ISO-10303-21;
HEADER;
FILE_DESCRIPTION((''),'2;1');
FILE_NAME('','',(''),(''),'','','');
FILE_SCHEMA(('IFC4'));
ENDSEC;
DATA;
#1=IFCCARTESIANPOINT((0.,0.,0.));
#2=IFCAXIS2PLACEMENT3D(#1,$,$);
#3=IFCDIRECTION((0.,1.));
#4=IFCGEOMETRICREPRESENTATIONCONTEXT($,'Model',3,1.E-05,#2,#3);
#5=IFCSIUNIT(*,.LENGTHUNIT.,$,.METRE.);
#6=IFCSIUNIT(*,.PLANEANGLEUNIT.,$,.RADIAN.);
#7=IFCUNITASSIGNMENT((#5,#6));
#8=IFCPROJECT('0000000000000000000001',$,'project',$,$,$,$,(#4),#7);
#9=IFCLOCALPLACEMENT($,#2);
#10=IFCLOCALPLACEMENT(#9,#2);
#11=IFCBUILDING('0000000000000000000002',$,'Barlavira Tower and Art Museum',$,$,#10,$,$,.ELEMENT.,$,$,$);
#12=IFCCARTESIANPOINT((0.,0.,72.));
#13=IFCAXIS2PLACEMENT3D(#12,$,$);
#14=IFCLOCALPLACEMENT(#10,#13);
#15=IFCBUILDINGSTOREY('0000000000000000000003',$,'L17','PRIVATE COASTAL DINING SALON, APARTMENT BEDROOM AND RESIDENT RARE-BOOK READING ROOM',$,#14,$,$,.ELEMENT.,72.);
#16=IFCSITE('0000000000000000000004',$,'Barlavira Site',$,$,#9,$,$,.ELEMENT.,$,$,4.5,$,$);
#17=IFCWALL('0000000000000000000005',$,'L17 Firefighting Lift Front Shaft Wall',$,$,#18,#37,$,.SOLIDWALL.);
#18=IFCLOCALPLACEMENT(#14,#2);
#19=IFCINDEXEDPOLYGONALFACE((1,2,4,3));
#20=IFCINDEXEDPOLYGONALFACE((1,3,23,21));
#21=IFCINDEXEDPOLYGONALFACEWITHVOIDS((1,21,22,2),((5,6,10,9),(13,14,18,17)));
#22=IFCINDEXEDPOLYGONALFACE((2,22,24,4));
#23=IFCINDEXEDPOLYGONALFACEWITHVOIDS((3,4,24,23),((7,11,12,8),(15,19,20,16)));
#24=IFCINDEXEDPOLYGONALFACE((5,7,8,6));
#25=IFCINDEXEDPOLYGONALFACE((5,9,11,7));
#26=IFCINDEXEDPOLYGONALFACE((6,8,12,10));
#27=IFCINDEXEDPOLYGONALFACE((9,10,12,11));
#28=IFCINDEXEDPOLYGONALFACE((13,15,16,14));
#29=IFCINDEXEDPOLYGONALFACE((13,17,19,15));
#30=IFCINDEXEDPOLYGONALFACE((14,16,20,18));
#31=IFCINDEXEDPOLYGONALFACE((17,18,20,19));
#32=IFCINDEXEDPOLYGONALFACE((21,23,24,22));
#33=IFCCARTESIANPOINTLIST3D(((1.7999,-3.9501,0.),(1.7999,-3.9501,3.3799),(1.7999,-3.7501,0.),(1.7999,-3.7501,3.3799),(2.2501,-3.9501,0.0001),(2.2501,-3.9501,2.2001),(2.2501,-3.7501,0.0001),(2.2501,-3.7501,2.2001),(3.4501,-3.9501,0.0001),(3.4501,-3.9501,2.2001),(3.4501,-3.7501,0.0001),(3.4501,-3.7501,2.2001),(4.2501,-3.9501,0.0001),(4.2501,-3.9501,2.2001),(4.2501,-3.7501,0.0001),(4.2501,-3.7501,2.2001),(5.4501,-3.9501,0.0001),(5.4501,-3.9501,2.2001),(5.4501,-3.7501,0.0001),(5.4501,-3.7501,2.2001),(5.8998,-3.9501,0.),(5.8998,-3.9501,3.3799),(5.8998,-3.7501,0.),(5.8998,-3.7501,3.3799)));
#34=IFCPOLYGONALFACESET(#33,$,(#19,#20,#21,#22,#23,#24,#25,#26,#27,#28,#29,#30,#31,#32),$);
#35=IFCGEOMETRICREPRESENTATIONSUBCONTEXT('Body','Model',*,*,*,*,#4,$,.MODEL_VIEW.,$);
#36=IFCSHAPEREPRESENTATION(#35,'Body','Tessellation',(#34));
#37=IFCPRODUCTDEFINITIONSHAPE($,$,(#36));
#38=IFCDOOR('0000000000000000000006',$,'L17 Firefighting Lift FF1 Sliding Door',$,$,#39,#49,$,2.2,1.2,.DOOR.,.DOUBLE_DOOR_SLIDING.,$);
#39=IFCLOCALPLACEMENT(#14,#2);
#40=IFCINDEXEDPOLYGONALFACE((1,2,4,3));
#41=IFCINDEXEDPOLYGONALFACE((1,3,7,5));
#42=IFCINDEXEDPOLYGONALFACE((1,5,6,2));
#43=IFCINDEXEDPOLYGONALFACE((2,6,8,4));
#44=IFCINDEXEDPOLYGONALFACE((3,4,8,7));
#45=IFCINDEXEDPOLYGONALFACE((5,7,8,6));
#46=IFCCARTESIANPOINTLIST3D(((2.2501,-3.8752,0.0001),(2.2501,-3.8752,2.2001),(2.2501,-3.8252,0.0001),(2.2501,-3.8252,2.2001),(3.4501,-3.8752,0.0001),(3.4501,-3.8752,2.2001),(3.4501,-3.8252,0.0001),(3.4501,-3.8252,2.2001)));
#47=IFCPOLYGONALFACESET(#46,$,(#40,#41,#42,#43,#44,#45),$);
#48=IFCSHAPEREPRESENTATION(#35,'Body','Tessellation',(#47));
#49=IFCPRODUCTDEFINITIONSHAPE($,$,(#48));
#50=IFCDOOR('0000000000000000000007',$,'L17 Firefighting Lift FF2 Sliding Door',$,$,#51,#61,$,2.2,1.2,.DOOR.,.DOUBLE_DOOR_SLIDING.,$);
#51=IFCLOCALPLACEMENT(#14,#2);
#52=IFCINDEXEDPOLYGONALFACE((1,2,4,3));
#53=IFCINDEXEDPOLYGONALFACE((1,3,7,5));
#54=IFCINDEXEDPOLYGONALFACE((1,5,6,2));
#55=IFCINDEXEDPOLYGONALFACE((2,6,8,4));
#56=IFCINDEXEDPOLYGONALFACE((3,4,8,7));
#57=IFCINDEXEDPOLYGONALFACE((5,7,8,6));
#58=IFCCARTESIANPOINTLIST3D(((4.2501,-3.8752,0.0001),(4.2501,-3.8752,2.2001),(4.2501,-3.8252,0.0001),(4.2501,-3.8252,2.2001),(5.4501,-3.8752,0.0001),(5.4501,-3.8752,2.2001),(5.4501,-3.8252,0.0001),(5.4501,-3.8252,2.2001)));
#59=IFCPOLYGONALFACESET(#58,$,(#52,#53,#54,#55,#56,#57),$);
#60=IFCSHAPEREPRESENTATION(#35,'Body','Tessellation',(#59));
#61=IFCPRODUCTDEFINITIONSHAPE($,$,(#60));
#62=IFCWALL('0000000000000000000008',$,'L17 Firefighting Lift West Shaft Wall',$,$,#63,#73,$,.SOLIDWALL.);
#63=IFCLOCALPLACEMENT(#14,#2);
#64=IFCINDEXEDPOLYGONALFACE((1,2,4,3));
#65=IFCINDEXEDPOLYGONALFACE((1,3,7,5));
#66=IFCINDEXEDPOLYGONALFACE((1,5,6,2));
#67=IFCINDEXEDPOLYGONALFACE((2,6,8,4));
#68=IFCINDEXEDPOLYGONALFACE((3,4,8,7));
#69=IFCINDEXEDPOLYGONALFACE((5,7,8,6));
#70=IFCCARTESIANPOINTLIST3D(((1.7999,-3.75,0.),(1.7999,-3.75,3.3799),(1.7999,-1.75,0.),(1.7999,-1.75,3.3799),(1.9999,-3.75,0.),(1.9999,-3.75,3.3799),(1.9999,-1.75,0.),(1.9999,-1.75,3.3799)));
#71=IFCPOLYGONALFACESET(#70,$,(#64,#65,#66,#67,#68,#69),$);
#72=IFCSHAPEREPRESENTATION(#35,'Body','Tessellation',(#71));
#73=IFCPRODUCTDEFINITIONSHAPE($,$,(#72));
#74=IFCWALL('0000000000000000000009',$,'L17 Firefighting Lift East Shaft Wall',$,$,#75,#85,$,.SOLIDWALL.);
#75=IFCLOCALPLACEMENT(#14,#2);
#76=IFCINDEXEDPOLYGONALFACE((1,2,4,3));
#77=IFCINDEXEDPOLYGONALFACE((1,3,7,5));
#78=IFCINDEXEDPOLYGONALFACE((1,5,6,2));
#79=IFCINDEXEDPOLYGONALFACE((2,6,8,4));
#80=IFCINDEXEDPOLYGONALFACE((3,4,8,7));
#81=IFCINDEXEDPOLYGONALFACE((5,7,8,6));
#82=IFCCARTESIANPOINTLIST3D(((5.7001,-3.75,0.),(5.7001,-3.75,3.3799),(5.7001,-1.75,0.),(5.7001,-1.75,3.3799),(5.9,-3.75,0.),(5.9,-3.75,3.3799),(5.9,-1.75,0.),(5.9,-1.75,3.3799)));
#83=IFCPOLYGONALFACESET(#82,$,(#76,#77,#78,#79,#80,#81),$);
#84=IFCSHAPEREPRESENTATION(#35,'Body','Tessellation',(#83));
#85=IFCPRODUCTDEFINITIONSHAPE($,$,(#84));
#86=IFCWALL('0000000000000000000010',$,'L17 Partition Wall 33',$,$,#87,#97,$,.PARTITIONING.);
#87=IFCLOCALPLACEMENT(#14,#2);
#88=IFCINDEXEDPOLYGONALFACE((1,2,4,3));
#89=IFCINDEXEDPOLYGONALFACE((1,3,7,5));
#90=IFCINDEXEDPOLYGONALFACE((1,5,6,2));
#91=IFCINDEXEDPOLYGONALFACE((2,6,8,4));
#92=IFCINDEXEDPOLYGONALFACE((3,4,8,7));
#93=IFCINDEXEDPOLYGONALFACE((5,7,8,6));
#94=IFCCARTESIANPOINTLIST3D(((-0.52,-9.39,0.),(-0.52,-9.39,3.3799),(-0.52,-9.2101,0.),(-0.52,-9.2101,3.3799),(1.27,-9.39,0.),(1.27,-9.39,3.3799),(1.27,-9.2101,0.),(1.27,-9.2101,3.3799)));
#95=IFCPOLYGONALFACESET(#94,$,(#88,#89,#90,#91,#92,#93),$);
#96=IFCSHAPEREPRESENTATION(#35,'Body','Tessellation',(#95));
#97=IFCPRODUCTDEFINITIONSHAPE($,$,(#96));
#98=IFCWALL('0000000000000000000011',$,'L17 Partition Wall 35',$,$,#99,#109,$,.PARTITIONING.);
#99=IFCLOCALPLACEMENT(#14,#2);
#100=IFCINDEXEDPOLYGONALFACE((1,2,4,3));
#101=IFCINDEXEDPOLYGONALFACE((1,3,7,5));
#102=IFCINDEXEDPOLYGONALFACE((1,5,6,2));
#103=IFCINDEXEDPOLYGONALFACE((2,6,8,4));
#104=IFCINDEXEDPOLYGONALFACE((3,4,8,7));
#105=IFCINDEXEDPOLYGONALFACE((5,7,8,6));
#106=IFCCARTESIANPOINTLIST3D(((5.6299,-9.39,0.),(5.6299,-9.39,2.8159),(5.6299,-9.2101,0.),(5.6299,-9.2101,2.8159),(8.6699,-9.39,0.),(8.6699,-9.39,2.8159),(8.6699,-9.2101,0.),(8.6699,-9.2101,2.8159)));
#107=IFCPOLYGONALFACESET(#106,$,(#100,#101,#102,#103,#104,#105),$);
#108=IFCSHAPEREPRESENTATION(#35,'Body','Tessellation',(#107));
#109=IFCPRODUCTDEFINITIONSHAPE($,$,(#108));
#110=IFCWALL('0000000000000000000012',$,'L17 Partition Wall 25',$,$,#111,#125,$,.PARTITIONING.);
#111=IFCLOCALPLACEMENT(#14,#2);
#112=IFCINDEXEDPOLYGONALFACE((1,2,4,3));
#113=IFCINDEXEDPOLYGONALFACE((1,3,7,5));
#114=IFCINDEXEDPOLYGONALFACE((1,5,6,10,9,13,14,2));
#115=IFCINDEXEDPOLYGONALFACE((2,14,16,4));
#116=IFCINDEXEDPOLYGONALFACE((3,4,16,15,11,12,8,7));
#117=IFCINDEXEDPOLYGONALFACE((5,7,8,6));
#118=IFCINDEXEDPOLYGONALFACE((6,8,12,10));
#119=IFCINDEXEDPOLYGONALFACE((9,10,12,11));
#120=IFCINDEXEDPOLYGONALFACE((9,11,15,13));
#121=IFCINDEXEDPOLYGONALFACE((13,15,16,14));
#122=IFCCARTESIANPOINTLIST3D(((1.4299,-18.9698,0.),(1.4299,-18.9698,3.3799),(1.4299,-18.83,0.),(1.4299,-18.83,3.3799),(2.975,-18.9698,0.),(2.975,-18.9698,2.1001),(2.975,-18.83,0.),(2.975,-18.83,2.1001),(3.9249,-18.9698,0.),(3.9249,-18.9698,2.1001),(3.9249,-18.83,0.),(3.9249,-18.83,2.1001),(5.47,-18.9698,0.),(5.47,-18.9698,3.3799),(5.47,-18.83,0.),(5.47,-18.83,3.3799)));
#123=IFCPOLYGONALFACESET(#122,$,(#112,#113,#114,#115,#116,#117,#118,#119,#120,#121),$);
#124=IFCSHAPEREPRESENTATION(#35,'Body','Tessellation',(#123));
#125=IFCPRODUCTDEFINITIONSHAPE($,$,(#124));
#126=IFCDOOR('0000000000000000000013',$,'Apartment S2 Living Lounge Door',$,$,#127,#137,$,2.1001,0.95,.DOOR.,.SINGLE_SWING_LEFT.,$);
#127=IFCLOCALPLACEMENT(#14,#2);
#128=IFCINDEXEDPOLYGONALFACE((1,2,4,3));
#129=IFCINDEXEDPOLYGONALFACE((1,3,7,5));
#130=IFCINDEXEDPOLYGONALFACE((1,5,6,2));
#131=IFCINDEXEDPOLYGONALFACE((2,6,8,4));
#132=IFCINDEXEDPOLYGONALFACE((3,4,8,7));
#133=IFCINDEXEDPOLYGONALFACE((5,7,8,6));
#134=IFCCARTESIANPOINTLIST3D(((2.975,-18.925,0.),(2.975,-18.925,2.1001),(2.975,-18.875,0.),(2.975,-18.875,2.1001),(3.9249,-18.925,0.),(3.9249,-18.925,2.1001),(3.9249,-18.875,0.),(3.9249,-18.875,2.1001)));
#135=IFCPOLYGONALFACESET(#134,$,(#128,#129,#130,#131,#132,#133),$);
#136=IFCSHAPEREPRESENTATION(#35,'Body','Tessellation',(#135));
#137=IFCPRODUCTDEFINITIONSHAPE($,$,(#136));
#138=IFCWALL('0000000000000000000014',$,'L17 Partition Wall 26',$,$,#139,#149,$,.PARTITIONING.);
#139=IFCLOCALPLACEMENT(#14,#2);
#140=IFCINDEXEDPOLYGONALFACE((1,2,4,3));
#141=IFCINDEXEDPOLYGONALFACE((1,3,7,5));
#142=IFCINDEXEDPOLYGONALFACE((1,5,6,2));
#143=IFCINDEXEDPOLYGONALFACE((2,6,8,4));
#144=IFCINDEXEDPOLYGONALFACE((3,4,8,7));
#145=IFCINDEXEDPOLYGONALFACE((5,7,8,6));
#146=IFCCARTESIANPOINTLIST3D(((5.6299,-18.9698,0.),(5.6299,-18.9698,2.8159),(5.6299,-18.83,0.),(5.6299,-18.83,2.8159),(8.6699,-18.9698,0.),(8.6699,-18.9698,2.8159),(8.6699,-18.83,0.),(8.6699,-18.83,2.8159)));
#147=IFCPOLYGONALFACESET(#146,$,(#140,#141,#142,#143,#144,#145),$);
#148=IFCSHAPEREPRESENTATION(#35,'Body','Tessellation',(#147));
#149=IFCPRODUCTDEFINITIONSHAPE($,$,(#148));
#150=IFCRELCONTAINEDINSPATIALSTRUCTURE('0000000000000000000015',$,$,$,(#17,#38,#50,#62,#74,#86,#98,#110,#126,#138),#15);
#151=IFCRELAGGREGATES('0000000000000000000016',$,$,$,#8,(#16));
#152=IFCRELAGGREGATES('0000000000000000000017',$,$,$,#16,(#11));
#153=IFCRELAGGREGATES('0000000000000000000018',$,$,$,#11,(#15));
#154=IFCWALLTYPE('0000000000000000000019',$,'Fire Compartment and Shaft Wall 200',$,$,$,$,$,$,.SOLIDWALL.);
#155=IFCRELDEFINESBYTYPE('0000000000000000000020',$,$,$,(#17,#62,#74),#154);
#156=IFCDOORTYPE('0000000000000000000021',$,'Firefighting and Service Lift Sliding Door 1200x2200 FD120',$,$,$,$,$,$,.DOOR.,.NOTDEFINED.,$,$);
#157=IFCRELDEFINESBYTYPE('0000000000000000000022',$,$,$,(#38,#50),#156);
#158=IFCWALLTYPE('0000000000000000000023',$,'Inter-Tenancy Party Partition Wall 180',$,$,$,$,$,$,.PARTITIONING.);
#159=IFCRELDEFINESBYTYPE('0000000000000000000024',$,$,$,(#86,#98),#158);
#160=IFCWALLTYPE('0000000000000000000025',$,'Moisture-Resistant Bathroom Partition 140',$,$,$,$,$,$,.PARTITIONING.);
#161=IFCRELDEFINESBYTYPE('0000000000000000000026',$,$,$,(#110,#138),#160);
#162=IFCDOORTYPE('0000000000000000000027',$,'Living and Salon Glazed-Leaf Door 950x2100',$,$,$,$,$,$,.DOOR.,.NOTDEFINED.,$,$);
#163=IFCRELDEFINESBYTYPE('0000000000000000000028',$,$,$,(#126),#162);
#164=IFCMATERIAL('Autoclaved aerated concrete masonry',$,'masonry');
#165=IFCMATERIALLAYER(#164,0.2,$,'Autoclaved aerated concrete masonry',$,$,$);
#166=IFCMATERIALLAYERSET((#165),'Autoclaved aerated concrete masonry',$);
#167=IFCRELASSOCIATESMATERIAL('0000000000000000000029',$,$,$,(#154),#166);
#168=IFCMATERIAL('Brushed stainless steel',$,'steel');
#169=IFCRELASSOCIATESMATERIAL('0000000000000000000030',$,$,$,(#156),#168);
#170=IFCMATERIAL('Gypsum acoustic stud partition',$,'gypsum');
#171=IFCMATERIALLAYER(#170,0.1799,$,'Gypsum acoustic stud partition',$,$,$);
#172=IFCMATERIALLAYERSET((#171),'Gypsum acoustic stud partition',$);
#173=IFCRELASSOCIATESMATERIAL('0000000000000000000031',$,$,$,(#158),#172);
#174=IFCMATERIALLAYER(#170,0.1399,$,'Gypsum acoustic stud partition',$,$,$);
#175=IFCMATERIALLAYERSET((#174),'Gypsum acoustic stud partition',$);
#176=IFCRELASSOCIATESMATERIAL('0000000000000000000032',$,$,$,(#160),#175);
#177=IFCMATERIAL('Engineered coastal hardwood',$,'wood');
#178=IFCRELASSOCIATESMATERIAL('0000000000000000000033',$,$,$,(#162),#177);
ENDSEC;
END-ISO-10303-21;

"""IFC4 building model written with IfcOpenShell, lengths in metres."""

from ifc_helpers import new_model, si_unit, direction, frame, frame_2d, origin, place, context, subcontext, project, spatial, rectangle, extrude, material, layer, layer_set, type_object, element, fill, save


model = new_model("IFC4")

# Units and contexts
model_context = context("Model", 3, precision=1e-05, world=origin(), true_north=direction((0.0, 1.0)))
body_context = subcontext(model_context, "Body", "Model", "MODEL_VIEW")
ifc_project = project(units=[si_unit("LENGTHUNIT", "METRE"), si_unit("PLANEANGLEUNIT", "RADIAN")], contexts=[model_context])

# Site, building, storey
site_placement = place(None, origin())
site = spatial("IfcSite", under=ifc_project, at=site_placement, Name="Barlavira Site", CompositionType="ELEMENT", RefElevation=4.5)
building_placement = place(site_placement, origin())
building = spatial("IfcBuilding", under=site, at=building_placement, Name="Barlavira Tower and Art Museum", CompositionType="ELEMENT")
storey_placement = place(building_placement, frame((0.0, 0.0, 72.0)))
storey = spatial("IfcBuildingStorey", under=building, at=storey_placement, Name="L17", Description="PRIVATE COASTAL DINING SALON, APARTMENT BEDROOM AND RESIDENT RARE-BOOK READING ROOM", CompositionType="ELEMENT", Elevation=72.0)

# Shared definitions
ifc_material_1 = material(Name="Brushed stainless steel", Category="steel")

# Wall, openings, doors
ifc_material_2 = material(Name="Autoclaved aerated concrete masonry", Category="masonry")
ifc_layer_1 = layer(ifc_material_2, 0.2, Name="Autoclaved aerated concrete masonry")
ifc_layer_set_1 = layer_set([ifc_layer_1], Name="Autoclaved aerated concrete masonry")
wall_type_1 = type_object("IfcWallType", Name="Fire Compartment and Shaft Wall 200", PredefinedType="SOLIDWALL", material=ifc_layer_set_1)
wall_1_placement = place(storey_placement, frame((1.8, -3.8501, 0.0), z_axis=(0.0, 0.0, 1.0), x_axis=(1.0, 0.0, 0.0)))
wall_1 = element("IfcWall", 1, at=wall_1_placement, inside=storey, type_object=wall_type_1, Name="L17 Firefighting Lift Front Shaft Wall", PredefinedType="SOLIDWALL", context=body_context, shape_type="SweptSolid", body=[
    extrude(rectangle(XDim=4.0999, YDim=0.2, at=frame_2d((2.0498, 0.0))), origin(), (0.0, 0.0, 1.0), 3.3799),
])
opening_1_placement = place(wall_1_placement, frame((0.45, 0.0, 0.0)))
opening_1 = element("IfcOpeningElement", 2, at=opening_1_placement, cuts=wall_1, PredefinedType="OPENING", context=body_context, shape_type="SweptSolid", body=[
    extrude(rectangle(XDim=1.2, YDim=2.2, at=frame_2d((0.6001, 1.1001))), frame((0.0, 0.1099, 0.0), z_axis=(0.0, -1.0, 0.0), x_axis=(1.0, 0.0, 0.0)), (0.0, 0.0, 1.0), 0.22),
])
opening_2_placement = place(wall_1_placement, frame((2.45, 0.0, 0.0)))
opening_2 = element("IfcOpeningElement", 3, at=opening_2_placement, cuts=wall_1, PredefinedType="OPENING", context=body_context, shape_type="SweptSolid", body=[
    extrude(rectangle(XDim=1.2, YDim=2.2, at=frame_2d((0.6001, 1.1001))), frame((0.0, 0.1099, 0.0), z_axis=(0.0, -1.0, 0.0), x_axis=(1.0, 0.0, 0.0)), (0.0, 0.0, 1.0), 0.22),
])
door_type_1 = type_object("IfcDoorType", Name="Firefighting and Service Lift Sliding Door 1200x2200 FD120", OperationType="NOTDEFINED", PredefinedType="DOOR", material=ifc_material_1)
door_1_placement = place(opening_1_placement, origin())
door_1 = element("IfcDoor", 4, at=door_1_placement, inside=storey, type_object=door_type_1, Name="L17 Firefighting Lift FF1 Sliding Door", OperationType="DOUBLE_DOOR_SLIDING", OverallHeight=2.2, OverallWidth=1.2, PredefinedType="DOOR", context=body_context, shape_type="SweptSolid", body=[
    extrude(rectangle(XDim=1.2, YDim=2.2, at=frame_2d((0.6001, 1.1001))), frame((0.0, 0.0249, 0.0), z_axis=(0.0, -1.0, 0.0), x_axis=(1.0, 0.0, 0.0)), (0.0, 0.0, 1.0), 0.05),
])
fill(opening_1, door_1)
door_2_placement = place(opening_2_placement, origin())
door_2 = element("IfcDoor", 5, at=door_2_placement, inside=storey, type_object=door_type_1, Name="L17 Firefighting Lift FF2 Sliding Door", OperationType="DOUBLE_DOOR_SLIDING", OverallHeight=2.2, OverallWidth=1.2, PredefinedType="DOOR", context=body_context, shape_type="SweptSolid", body=[
    extrude(rectangle(XDim=1.2, YDim=2.2, at=frame_2d((0.6001, 1.1001))), frame((0.0, 0.0249, 0.0), z_axis=(0.0, -1.0, 0.0), x_axis=(1.0, 0.0, 0.0)), (0.0, 0.0, 1.0), 0.05),
])
fill(opening_2, door_2)

# Walls
for number, where, z_axis, x_axis, name in (
    (6, (1.8999, -3.75, 0.0), (0.0, 0.0, 1.0), (0.0, 1.0, 0.0), "L17 Firefighting Lift West Shaft Wall"),
    (7, (5.8, -3.75, 0.0), (0.0, 0.0, 1.0), (0.0, 1.0, 0.0), "L17 Firefighting Lift East Shaft Wall"),
):
    element("IfcWall", number, at=place(storey_placement, frame(where, z_axis=z_axis, x_axis=x_axis)), inside=storey, type_object=wall_type_1, Name=name, PredefinedType="SOLIDWALL", context=body_context, shape_type="SweptSolid", body=[
        extrude(rectangle(XDim=2.0, YDim=0.2, at=frame_2d((1.0, 0.0))), origin(), (0.0, 0.0, 1.0), 3.3799),
    ])
ifc_material_3 = material(Name="Gypsum acoustic stud partition", Category="gypsum")
ifc_layer_2 = layer(ifc_material_3, 0.1799, Name="Gypsum acoustic stud partition")
ifc_layer_set_2 = layer_set([ifc_layer_2], Name="Gypsum acoustic stud partition")
wall_type_2 = type_object("IfcWallType", Name="Inter-Tenancy Party Partition Wall 180", PredefinedType="PARTITIONING", material=ifc_layer_set_2)
wall_2_placement = place(storey_placement, frame((-0.52, -9.3, 0.0), z_axis=(0.0, 0.0, 1.0), x_axis=(1.0, 0.0, 0.0)))
element("IfcWall", 8, at=wall_2_placement, inside=storey, type_object=wall_type_2, Name="L17 Partition Wall 33", PredefinedType="PARTITIONING", context=body_context, shape_type="SweptSolid", body=[
    extrude(rectangle(XDim=1.79, YDim=0.1799, at=frame_2d((0.895, 0.0))), origin(), (0.0, 0.0, 1.0), 3.3799),
])

# Wall
wall_3_placement = place(storey_placement, frame((5.6299, -9.3, 0.0), z_axis=(0.0, 0.0, 1.0), x_axis=(1.0, 0.0, 0.0)))
element("IfcWall", 9, at=wall_3_placement, inside=storey, type_object=wall_type_2, Name="L17 Partition Wall 35", PredefinedType="PARTITIONING", context=body_context, shape_type="SweptSolid", body=[
    extrude(rectangle(XDim=3.04, YDim=0.1799, at=frame_2d((1.52, 0.0))), origin(), (0.0, 0.0, 1.0), 2.8159),
])

# Wall, opening, door
ifc_layer_3 = layer(ifc_material_3, 0.1399, Name="Gypsum acoustic stud partition")
ifc_layer_set_3 = layer_set([ifc_layer_3], Name="Gypsum acoustic stud partition")
wall_type_3 = type_object("IfcWallType", Name="Moisture-Resistant Bathroom Partition 140", PredefinedType="PARTITIONING", material=ifc_layer_set_3)
wall_4_placement = place(storey_placement, frame((1.4299, -18.8999, 0.0), z_axis=(0.0, 0.0, 1.0), x_axis=(1.0, 0.0, 0.0)))
wall_4 = element("IfcWall", 10, at=wall_4_placement, inside=storey, type_object=wall_type_3, Name="L17 Partition Wall 25", PredefinedType="PARTITIONING", context=body_context, shape_type="SweptSolid", body=[
    extrude(rectangle(XDim=4.04, YDim=0.1399, at=frame_2d((2.02, 0.0))), origin(), (0.0, 0.0, 1.0), 3.3799),
])
opening_3_placement = place(wall_4_placement, frame((1.5449, 0.0, 0.0)))
opening_3 = element("IfcOpeningElement", 11, at=opening_3_placement, cuts=wall_4, PredefinedType="OPENING", context=body_context, shape_type="SweptSolid", body=[
    extrude(rectangle(XDim=0.95, YDim=2.1001, at=frame_2d((0.4751, 1.05))), frame((0.0, 0.0801, 0.0), z_axis=(0.0, -1.0, 0.0), x_axis=(1.0, 0.0, 0.0)), (0.0, 0.0, 1.0), 0.1599),
])
ifc_material_4 = material(Name="Engineered coastal hardwood", Category="wood")
door_type_2 = type_object("IfcDoorType", Name="Living and Salon Glazed-Leaf Door 950x2100", OperationType="NOTDEFINED", PredefinedType="DOOR", material=ifc_material_4)
door_3_placement = place(opening_3_placement, origin())
door_3 = element("IfcDoor", 12, at=door_3_placement, inside=storey, type_object=door_type_2, Name="Apartment S2 Living Lounge Door", OperationType="SINGLE_SWING_LEFT", OverallHeight=2.1001, OverallWidth=0.95, PredefinedType="DOOR", context=body_context, shape_type="SweptSolid", body=[
    extrude(rectangle(XDim=0.95, YDim=2.1001, at=frame_2d((0.4751, 1.05))), frame((0.0, 0.0249, 0.0), z_axis=(0.0, -1.0, 0.0), x_axis=(1.0, 0.0, 0.0)), (0.0, 0.0, 1.0), 0.05),
])
fill(opening_3, door_3)

# Wall
wall_5_placement = place(storey_placement, frame((5.6299, -18.8999, 0.0), z_axis=(0.0, 0.0, 1.0), x_axis=(1.0, 0.0, 0.0)))
element("IfcWall", 13, at=wall_5_placement, inside=storey, type_object=wall_type_3, Name="L17 Partition Wall 26", PredefinedType="PARTITIONING", context=body_context, shape_type="SweptSolid", body=[
    extrude(rectangle(XDim=3.04, YDim=0.1399, at=frame_2d((1.52, 0.0))), origin(), (0.0, 0.0, 1.0), 2.8159),
])

save(model, "model.ifc")
